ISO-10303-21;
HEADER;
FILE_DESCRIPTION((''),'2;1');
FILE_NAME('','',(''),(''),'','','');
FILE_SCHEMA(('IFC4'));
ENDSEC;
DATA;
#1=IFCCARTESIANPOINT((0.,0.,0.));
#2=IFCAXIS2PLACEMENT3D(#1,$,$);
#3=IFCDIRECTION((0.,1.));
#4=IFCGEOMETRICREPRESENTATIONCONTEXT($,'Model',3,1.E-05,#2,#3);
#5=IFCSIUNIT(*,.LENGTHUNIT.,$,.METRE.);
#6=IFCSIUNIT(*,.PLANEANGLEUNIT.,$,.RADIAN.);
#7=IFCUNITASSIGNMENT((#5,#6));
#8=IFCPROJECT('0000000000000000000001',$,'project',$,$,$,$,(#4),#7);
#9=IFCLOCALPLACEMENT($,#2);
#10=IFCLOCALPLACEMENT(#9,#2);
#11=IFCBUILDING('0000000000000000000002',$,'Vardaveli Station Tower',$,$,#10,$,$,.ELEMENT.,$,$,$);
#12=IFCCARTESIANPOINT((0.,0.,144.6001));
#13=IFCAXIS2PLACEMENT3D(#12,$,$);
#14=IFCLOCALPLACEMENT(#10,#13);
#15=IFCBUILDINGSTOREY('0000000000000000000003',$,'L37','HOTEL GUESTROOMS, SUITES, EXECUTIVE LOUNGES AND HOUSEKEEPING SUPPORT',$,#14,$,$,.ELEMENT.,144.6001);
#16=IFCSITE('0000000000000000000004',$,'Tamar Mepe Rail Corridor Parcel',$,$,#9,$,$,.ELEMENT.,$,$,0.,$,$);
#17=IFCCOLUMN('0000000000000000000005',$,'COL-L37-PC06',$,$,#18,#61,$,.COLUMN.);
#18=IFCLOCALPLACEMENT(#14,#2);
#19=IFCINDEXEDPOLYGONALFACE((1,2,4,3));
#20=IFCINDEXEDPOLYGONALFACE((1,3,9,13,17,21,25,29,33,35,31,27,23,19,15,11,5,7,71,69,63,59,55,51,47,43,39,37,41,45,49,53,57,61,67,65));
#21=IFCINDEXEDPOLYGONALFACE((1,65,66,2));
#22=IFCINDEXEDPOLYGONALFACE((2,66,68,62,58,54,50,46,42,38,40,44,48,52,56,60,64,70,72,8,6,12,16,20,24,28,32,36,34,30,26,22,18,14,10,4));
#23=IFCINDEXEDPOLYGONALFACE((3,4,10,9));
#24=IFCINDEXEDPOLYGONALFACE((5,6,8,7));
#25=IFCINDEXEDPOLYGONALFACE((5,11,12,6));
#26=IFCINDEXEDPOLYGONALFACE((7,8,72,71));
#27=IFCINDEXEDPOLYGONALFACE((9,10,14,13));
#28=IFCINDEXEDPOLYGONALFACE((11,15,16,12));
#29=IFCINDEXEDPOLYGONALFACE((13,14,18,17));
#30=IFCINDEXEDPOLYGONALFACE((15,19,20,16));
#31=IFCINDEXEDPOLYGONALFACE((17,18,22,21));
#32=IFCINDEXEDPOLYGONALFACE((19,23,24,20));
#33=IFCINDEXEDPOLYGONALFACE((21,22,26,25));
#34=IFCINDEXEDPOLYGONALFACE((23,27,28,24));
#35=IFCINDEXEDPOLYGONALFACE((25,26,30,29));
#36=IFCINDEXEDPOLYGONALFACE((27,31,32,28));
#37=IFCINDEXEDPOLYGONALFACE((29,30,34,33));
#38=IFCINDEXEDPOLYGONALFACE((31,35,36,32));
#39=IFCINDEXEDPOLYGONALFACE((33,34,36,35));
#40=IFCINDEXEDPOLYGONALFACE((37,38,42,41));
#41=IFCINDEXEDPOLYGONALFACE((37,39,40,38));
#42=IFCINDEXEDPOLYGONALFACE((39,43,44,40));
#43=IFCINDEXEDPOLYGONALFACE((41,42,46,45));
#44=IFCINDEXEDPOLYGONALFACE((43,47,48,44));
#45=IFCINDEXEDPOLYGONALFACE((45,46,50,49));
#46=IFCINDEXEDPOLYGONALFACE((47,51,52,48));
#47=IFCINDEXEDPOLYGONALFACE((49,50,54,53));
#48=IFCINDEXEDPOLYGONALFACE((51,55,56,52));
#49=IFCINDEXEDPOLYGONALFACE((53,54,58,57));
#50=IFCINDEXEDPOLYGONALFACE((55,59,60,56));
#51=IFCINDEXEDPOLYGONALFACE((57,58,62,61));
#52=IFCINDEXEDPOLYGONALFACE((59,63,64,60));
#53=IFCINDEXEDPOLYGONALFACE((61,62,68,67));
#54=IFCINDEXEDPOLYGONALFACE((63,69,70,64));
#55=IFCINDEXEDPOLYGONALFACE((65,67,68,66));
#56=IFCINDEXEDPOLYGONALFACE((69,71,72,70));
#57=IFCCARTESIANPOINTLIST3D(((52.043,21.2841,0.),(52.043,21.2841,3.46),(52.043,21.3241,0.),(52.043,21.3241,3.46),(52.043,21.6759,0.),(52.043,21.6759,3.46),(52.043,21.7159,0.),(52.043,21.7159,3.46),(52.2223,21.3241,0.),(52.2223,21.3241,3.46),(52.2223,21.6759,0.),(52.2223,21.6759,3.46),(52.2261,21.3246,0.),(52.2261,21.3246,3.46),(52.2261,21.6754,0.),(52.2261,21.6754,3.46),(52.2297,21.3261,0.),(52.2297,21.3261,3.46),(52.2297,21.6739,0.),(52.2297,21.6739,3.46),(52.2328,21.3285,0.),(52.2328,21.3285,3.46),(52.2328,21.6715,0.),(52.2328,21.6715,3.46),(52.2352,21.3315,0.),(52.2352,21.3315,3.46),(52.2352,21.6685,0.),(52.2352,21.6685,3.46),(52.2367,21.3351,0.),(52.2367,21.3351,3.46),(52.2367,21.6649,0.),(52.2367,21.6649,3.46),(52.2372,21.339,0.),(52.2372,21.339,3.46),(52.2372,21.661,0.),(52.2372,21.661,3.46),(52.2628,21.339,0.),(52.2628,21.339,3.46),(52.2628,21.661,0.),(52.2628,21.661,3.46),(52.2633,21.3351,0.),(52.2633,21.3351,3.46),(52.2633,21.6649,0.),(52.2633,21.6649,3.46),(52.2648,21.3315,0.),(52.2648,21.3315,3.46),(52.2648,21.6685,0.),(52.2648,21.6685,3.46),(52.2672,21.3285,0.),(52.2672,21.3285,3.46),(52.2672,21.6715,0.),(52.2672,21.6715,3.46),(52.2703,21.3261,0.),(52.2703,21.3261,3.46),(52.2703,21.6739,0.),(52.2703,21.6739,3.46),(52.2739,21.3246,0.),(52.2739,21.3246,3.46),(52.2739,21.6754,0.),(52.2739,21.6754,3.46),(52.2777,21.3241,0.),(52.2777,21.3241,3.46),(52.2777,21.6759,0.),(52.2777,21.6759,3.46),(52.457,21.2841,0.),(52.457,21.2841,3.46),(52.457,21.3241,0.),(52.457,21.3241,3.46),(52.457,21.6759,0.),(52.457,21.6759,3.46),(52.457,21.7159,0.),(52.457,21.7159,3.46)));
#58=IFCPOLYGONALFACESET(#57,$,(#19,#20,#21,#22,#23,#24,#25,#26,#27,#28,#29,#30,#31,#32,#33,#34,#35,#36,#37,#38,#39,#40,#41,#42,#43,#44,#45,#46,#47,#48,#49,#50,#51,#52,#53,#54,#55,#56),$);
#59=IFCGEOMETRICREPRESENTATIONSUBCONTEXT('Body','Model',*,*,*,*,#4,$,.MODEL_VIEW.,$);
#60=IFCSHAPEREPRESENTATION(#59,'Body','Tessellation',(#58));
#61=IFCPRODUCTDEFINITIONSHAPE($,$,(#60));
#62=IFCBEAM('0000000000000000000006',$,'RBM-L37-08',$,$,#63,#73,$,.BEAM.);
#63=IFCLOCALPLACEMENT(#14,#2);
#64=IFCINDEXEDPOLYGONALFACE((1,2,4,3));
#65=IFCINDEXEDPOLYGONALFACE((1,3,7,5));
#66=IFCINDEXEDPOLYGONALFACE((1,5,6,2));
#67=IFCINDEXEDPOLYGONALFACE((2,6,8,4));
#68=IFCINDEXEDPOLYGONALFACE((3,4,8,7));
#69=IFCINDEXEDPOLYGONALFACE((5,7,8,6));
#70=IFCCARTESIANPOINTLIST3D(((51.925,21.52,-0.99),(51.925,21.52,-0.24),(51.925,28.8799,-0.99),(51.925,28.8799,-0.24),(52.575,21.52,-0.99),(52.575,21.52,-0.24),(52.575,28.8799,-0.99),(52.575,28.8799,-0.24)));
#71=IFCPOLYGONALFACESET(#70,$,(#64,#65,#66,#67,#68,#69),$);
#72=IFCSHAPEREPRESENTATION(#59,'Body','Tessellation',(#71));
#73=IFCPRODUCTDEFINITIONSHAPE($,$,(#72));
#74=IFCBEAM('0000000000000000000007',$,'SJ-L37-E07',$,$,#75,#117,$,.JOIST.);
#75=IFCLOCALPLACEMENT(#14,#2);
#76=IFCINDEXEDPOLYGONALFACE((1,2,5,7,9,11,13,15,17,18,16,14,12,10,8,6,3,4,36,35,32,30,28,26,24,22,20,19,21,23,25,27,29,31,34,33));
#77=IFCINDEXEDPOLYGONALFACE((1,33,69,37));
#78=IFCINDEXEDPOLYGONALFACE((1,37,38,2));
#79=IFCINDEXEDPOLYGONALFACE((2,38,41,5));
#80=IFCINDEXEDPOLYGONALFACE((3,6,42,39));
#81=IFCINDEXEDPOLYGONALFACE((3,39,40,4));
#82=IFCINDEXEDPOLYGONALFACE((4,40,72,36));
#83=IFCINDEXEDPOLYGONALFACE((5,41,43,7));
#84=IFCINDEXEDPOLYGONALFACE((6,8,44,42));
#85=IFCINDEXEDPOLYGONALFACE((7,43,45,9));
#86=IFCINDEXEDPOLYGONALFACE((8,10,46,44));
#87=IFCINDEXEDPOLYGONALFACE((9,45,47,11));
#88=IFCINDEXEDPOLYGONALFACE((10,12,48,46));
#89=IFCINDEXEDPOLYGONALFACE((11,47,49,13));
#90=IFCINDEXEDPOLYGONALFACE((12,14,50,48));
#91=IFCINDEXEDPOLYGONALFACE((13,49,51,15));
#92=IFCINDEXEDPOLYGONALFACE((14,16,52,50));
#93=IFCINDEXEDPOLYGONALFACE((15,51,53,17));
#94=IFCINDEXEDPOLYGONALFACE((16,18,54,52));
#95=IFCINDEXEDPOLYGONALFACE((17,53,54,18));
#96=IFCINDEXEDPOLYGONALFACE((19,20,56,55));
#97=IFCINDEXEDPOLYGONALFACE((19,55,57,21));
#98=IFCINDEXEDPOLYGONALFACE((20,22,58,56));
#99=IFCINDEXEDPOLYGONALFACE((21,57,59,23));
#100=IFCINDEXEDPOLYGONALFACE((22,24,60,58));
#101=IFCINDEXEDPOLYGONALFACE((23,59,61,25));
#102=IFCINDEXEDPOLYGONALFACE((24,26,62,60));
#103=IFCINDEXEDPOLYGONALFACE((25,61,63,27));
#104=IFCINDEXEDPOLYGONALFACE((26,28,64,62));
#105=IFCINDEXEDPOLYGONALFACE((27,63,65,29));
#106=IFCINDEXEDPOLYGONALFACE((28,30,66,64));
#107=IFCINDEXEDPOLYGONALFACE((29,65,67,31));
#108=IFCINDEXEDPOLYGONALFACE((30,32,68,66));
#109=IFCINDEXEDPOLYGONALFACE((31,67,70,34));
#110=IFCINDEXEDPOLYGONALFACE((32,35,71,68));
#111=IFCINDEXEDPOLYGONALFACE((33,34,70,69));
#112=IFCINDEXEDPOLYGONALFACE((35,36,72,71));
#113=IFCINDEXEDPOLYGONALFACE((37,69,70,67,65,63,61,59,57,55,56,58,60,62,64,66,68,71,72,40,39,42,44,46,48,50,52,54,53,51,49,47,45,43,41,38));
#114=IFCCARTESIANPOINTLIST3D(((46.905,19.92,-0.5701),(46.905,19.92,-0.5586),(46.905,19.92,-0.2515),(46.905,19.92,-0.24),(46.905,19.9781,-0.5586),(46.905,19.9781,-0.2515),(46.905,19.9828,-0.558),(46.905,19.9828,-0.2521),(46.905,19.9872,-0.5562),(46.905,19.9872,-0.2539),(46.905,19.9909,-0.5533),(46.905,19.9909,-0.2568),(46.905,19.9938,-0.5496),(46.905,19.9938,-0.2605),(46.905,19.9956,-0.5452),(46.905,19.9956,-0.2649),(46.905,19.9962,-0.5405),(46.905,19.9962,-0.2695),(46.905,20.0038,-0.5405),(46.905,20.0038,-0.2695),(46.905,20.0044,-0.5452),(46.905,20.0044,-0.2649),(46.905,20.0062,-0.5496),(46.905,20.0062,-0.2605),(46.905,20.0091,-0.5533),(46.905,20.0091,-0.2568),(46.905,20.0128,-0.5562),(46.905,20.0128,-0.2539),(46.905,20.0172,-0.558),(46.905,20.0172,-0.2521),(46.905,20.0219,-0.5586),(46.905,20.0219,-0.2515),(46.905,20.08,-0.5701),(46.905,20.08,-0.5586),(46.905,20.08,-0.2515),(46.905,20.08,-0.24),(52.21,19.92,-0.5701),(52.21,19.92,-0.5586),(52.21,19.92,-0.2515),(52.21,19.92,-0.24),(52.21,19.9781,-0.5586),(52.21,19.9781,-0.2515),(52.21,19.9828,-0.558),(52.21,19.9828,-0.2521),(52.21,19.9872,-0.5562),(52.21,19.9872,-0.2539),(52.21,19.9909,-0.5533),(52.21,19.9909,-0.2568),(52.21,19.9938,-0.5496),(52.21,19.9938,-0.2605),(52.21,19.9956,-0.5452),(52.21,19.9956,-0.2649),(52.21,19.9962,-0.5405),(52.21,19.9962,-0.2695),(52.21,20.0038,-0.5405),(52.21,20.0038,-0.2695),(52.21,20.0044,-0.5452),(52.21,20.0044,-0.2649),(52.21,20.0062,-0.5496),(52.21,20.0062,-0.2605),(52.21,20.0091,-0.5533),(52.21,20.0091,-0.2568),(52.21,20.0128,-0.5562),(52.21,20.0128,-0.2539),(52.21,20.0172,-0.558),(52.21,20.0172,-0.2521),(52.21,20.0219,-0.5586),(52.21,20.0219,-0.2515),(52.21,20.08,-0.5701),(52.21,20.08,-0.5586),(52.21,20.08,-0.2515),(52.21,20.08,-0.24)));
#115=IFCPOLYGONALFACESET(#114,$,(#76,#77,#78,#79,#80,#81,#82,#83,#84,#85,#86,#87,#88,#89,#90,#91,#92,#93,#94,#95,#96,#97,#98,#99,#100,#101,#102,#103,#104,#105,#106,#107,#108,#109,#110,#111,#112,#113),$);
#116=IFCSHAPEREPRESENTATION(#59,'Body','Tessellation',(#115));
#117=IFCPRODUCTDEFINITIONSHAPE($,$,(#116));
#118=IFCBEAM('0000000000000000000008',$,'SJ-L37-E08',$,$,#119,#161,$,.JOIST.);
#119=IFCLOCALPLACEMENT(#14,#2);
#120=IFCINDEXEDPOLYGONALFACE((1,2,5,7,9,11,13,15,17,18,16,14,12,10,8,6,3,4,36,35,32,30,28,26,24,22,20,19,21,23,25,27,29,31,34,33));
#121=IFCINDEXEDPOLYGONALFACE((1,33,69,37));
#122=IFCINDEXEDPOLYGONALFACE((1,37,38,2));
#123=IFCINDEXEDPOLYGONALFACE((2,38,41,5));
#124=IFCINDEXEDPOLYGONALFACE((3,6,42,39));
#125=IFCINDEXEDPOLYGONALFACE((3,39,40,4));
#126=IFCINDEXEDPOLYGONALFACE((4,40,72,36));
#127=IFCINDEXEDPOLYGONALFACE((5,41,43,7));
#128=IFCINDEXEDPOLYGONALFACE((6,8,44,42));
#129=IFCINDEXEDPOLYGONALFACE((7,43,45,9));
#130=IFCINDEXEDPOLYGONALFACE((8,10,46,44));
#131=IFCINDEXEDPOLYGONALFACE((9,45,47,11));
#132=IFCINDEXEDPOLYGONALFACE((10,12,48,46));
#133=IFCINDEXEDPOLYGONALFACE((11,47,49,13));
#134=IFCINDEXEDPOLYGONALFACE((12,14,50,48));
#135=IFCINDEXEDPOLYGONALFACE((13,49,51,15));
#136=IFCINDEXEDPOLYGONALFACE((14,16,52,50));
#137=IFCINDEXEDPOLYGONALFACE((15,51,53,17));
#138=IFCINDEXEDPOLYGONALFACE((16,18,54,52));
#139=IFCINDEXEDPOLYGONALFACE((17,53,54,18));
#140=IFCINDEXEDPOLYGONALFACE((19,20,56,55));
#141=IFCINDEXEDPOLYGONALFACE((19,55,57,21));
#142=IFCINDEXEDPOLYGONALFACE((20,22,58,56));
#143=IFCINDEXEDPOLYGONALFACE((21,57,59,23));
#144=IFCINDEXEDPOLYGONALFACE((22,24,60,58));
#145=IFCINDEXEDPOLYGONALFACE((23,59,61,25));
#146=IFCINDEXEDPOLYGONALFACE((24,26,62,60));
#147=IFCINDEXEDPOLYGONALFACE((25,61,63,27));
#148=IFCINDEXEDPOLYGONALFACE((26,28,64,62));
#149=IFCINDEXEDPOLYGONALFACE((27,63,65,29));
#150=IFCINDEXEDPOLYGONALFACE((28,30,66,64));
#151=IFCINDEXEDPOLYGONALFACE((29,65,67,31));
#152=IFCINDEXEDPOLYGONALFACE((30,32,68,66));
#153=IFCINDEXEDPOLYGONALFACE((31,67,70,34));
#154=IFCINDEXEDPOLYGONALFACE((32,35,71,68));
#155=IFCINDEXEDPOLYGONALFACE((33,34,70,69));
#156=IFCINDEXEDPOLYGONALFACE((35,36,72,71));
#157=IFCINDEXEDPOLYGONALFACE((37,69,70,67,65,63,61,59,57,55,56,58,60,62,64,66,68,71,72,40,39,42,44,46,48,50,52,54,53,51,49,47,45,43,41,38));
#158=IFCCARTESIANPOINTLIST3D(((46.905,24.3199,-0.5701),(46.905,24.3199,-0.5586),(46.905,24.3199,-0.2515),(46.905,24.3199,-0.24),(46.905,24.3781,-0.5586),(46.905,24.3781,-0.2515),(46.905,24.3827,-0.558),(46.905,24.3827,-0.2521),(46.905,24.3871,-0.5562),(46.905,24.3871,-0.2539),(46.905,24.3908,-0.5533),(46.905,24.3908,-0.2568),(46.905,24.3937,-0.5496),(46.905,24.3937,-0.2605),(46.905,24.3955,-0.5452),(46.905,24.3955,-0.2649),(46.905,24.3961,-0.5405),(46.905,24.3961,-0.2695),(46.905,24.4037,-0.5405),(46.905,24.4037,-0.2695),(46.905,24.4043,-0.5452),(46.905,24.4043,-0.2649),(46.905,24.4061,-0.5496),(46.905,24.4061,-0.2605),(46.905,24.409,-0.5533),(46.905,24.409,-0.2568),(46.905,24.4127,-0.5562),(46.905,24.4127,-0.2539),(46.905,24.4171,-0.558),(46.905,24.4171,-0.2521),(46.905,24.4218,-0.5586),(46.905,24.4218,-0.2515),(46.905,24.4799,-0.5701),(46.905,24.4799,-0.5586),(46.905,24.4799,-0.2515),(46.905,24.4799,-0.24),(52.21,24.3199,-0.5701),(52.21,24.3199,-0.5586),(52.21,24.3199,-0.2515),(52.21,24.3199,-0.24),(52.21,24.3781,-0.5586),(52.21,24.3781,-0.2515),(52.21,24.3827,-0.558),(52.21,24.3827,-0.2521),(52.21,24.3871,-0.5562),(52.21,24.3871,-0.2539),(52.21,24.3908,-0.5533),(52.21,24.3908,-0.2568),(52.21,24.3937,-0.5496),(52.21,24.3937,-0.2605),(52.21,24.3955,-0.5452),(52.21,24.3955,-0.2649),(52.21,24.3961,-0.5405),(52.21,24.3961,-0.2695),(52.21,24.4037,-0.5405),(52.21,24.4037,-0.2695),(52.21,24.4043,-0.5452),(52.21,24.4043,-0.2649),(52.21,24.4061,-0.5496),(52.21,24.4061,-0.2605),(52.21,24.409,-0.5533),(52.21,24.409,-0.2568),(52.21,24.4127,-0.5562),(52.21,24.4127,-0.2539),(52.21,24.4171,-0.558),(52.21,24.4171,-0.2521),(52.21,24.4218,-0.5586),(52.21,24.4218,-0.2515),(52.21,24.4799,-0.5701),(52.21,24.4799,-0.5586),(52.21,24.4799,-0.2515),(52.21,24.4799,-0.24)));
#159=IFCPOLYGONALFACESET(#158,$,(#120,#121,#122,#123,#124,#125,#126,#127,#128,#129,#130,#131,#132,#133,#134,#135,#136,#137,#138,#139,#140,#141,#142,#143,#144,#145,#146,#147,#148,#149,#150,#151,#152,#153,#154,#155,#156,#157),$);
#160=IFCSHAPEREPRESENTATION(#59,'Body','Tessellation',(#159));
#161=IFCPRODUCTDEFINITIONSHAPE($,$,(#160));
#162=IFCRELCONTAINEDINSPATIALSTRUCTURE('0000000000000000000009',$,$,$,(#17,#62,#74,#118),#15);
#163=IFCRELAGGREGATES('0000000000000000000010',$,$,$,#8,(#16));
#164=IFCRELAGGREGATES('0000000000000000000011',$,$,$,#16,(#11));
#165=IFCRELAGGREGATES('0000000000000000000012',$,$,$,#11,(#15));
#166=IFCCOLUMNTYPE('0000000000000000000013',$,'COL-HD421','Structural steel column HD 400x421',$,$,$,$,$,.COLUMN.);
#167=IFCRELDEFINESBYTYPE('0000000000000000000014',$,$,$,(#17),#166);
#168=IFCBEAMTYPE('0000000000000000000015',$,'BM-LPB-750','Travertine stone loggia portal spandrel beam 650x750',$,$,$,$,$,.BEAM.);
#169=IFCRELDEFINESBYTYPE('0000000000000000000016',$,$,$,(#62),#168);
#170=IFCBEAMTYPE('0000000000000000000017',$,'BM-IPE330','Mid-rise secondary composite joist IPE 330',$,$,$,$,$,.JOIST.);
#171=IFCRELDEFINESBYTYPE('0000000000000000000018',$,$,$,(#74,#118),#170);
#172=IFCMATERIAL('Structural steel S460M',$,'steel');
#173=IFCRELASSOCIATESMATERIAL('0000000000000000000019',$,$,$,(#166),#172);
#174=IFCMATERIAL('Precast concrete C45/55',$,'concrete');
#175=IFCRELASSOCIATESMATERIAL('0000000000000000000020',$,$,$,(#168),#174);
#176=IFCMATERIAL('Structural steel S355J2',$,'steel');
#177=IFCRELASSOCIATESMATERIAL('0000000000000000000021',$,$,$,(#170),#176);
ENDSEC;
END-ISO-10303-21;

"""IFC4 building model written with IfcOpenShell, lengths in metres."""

from ifc_helpers import new_model, si_unit, direction, frame, origin, origin_2d, place, context, subcontext, project, spatial, rectangle, i_section, extrude, source, transform, mapped, material, material_profile, profile_set, type_object, element, save


model = new_model("IFC4")

# Units and contexts
model_context = context("Model", 3, precision=1e-05, world=origin(), true_north=direction((0.0, 1.0)))
body_context = subcontext(model_context, "Body", "Model", "MODEL_VIEW")
ifc_project = project(units=[si_unit("LENGTHUNIT", "METRE"), si_unit("PLANEANGLEUNIT", "RADIAN")], contexts=[model_context])

# Site, building, storey
site_placement = place(None, origin())
site = spatial("IfcSite", under=ifc_project, at=site_placement, Name="Tamar Mepe Rail Corridor Parcel", CompositionType="ELEMENT", RefElevation=0.0)
building_placement = place(site_placement, origin())
building = spatial("IfcBuilding", under=site, at=building_placement, Name="Vardaveli Station Tower", CompositionType="ELEMENT")
storey_placement = place(building_placement, frame((0.0, 0.0, 144.6001)))
storey = spatial("IfcBuildingStorey", under=building, at=storey_placement, Name="L37", Description="HOTEL GUESTROOMS, SUITES, EXECUTIVE LOUNGES AND HOUSEKEEPING SUPPORT", CompositionType="ELEMENT", Elevation=144.6001)

# Column
ifc_material_1 = material(Name="Structural steel S460M", Category="steel")
ifc_material_profile_1 = material_profile(ifc_material_1, i_section(OverallWidth=0.4141, OverallDepth=0.4319, WebThickness=0.0256, FlangeThickness=0.04, FilletRadius=0.0149, at=origin_2d()), Name="HD 400x421")
ifc_profile_set_1 = profile_set([ifc_material_profile_1], Name="Structural steel S460M")
column_type = type_object("IfcColumnType", Name="COL-HD421", Description="Structural steel column HD 400x421", PredefinedType="COLUMN", material=ifc_profile_set_1)
shared_shape_1 = source(origin(), body_context, "Body", "SweptSolid", [
    extrude(i_section(OverallWidth=0.4141, OverallDepth=0.4319, WebThickness=0.0256, FlangeThickness=0.04, FilletRadius=0.0149, at=origin_2d()), origin(), (0.0, 0.0, 1.0), 3.46),
])
column_placement = place(storey_placement, frame((52.25, 21.5, 0.0), z_axis=(0.0, 0.0, 1.0), x_axis=(1.0, 0.0, 0.0)))
element("IfcColumn", 1, at=column_placement, inside=storey, type_object=column_type, Name="COL-L37-PC06", PredefinedType="COLUMN", context=body_context, shape_type="MappedRepresentation", body=[
    mapped(shared_shape_1, transform((0.0, 0.0, 0.0), scale=1.0)),
])

# Beams
ifc_material_2 = material(Name="Precast concrete C45/55", Category="concrete")
ifc_material_profile_2 = material_profile(ifc_material_2, rectangle(XDim=0.6499, YDim=0.75, at=origin_2d()), Name="LPB 650x750")
ifc_profile_set_2 = profile_set([ifc_material_profile_2], Name="Precast concrete C45/55")
beam_type_1 = type_object("IfcBeamType", Name="BM-LPB-750", Description="Travertine stone loggia portal spandrel beam 650x750", PredefinedType="BEAM", material=ifc_profile_set_2)
shared_shape_2 = source(origin(), body_context, "Body", "SweptSolid", [
    extrude(rectangle(XDim=0.6499, YDim=0.75, at=origin_2d()), origin(), (0.0, 0.0, 1.0), 7.3599),
])
beam_1_placement = place(storey_placement, frame((52.25, 21.52, -0.615), z_axis=(0.0, 1.0, 0.0), x_axis=(-1.0, 0.0, 0.0)))
element("IfcBeam", 2, at=beam_1_placement, inside=storey, type_object=beam_type_1, Name="RBM-L37-08", PredefinedType="BEAM", context=body_context, shape_type="MappedRepresentation", body=[
    mapped(shared_shape_2, transform((0.0, 0.0, 0.0), scale=1.0)),
])
ifc_material_3 = material(Name="Structural steel S355J2", Category="steel")
ifc_material_profile_3 = material_profile(ifc_material_3, i_section(OverallWidth=0.1599, OverallDepth=0.3301, WebThickness=0.0076, FlangeThickness=0.0115, FilletRadius=0.0181, at=origin_2d()), Name="IPE 330")
ifc_profile_set_3 = profile_set([ifc_material_profile_3], Name="Structural steel S355J2")
beam_type_2 = type_object("IfcBeamType", Name="BM-IPE330", Description="Mid-rise secondary composite joist IPE 330", PredefinedType="JOIST", material=ifc_profile_set_3)
shared_shape_3 = source(origin(), body_context, "Body", "SweptSolid", [
    extrude(i_section(OverallWidth=0.1599, OverallDepth=0.3301, WebThickness=0.0076, FlangeThickness=0.0115, FilletRadius=0.0181, at=origin_2d()), origin(), (0.0, 0.0, 1.0), 5.3049),
])
for number, where, z_axis, x_axis, name in (
    (3, (46.905, 20.0, -0.405), (1.0, 0.0, 0.0), (0.0, 1.0, 0.0), "SJ-L37-E07"),
    (4, (46.905, 24.3999, -0.405), (1.0, 0.0, 0.0), (0.0, 1.0, 0.0), "SJ-L37-E08"),
):
    element("IfcBeam", number, at=place(storey_placement, frame(where, z_axis=z_axis, x_axis=x_axis)), inside=storey, type_object=beam_type_2, Name=name, PredefinedType="JOIST", context=body_context, shape_type="MappedRepresentation", body=[
        mapped(shared_shape_3, transform((0.0, 0.0, 0.0), scale=1.0)),
    ])

save(model, "model.ifc")
